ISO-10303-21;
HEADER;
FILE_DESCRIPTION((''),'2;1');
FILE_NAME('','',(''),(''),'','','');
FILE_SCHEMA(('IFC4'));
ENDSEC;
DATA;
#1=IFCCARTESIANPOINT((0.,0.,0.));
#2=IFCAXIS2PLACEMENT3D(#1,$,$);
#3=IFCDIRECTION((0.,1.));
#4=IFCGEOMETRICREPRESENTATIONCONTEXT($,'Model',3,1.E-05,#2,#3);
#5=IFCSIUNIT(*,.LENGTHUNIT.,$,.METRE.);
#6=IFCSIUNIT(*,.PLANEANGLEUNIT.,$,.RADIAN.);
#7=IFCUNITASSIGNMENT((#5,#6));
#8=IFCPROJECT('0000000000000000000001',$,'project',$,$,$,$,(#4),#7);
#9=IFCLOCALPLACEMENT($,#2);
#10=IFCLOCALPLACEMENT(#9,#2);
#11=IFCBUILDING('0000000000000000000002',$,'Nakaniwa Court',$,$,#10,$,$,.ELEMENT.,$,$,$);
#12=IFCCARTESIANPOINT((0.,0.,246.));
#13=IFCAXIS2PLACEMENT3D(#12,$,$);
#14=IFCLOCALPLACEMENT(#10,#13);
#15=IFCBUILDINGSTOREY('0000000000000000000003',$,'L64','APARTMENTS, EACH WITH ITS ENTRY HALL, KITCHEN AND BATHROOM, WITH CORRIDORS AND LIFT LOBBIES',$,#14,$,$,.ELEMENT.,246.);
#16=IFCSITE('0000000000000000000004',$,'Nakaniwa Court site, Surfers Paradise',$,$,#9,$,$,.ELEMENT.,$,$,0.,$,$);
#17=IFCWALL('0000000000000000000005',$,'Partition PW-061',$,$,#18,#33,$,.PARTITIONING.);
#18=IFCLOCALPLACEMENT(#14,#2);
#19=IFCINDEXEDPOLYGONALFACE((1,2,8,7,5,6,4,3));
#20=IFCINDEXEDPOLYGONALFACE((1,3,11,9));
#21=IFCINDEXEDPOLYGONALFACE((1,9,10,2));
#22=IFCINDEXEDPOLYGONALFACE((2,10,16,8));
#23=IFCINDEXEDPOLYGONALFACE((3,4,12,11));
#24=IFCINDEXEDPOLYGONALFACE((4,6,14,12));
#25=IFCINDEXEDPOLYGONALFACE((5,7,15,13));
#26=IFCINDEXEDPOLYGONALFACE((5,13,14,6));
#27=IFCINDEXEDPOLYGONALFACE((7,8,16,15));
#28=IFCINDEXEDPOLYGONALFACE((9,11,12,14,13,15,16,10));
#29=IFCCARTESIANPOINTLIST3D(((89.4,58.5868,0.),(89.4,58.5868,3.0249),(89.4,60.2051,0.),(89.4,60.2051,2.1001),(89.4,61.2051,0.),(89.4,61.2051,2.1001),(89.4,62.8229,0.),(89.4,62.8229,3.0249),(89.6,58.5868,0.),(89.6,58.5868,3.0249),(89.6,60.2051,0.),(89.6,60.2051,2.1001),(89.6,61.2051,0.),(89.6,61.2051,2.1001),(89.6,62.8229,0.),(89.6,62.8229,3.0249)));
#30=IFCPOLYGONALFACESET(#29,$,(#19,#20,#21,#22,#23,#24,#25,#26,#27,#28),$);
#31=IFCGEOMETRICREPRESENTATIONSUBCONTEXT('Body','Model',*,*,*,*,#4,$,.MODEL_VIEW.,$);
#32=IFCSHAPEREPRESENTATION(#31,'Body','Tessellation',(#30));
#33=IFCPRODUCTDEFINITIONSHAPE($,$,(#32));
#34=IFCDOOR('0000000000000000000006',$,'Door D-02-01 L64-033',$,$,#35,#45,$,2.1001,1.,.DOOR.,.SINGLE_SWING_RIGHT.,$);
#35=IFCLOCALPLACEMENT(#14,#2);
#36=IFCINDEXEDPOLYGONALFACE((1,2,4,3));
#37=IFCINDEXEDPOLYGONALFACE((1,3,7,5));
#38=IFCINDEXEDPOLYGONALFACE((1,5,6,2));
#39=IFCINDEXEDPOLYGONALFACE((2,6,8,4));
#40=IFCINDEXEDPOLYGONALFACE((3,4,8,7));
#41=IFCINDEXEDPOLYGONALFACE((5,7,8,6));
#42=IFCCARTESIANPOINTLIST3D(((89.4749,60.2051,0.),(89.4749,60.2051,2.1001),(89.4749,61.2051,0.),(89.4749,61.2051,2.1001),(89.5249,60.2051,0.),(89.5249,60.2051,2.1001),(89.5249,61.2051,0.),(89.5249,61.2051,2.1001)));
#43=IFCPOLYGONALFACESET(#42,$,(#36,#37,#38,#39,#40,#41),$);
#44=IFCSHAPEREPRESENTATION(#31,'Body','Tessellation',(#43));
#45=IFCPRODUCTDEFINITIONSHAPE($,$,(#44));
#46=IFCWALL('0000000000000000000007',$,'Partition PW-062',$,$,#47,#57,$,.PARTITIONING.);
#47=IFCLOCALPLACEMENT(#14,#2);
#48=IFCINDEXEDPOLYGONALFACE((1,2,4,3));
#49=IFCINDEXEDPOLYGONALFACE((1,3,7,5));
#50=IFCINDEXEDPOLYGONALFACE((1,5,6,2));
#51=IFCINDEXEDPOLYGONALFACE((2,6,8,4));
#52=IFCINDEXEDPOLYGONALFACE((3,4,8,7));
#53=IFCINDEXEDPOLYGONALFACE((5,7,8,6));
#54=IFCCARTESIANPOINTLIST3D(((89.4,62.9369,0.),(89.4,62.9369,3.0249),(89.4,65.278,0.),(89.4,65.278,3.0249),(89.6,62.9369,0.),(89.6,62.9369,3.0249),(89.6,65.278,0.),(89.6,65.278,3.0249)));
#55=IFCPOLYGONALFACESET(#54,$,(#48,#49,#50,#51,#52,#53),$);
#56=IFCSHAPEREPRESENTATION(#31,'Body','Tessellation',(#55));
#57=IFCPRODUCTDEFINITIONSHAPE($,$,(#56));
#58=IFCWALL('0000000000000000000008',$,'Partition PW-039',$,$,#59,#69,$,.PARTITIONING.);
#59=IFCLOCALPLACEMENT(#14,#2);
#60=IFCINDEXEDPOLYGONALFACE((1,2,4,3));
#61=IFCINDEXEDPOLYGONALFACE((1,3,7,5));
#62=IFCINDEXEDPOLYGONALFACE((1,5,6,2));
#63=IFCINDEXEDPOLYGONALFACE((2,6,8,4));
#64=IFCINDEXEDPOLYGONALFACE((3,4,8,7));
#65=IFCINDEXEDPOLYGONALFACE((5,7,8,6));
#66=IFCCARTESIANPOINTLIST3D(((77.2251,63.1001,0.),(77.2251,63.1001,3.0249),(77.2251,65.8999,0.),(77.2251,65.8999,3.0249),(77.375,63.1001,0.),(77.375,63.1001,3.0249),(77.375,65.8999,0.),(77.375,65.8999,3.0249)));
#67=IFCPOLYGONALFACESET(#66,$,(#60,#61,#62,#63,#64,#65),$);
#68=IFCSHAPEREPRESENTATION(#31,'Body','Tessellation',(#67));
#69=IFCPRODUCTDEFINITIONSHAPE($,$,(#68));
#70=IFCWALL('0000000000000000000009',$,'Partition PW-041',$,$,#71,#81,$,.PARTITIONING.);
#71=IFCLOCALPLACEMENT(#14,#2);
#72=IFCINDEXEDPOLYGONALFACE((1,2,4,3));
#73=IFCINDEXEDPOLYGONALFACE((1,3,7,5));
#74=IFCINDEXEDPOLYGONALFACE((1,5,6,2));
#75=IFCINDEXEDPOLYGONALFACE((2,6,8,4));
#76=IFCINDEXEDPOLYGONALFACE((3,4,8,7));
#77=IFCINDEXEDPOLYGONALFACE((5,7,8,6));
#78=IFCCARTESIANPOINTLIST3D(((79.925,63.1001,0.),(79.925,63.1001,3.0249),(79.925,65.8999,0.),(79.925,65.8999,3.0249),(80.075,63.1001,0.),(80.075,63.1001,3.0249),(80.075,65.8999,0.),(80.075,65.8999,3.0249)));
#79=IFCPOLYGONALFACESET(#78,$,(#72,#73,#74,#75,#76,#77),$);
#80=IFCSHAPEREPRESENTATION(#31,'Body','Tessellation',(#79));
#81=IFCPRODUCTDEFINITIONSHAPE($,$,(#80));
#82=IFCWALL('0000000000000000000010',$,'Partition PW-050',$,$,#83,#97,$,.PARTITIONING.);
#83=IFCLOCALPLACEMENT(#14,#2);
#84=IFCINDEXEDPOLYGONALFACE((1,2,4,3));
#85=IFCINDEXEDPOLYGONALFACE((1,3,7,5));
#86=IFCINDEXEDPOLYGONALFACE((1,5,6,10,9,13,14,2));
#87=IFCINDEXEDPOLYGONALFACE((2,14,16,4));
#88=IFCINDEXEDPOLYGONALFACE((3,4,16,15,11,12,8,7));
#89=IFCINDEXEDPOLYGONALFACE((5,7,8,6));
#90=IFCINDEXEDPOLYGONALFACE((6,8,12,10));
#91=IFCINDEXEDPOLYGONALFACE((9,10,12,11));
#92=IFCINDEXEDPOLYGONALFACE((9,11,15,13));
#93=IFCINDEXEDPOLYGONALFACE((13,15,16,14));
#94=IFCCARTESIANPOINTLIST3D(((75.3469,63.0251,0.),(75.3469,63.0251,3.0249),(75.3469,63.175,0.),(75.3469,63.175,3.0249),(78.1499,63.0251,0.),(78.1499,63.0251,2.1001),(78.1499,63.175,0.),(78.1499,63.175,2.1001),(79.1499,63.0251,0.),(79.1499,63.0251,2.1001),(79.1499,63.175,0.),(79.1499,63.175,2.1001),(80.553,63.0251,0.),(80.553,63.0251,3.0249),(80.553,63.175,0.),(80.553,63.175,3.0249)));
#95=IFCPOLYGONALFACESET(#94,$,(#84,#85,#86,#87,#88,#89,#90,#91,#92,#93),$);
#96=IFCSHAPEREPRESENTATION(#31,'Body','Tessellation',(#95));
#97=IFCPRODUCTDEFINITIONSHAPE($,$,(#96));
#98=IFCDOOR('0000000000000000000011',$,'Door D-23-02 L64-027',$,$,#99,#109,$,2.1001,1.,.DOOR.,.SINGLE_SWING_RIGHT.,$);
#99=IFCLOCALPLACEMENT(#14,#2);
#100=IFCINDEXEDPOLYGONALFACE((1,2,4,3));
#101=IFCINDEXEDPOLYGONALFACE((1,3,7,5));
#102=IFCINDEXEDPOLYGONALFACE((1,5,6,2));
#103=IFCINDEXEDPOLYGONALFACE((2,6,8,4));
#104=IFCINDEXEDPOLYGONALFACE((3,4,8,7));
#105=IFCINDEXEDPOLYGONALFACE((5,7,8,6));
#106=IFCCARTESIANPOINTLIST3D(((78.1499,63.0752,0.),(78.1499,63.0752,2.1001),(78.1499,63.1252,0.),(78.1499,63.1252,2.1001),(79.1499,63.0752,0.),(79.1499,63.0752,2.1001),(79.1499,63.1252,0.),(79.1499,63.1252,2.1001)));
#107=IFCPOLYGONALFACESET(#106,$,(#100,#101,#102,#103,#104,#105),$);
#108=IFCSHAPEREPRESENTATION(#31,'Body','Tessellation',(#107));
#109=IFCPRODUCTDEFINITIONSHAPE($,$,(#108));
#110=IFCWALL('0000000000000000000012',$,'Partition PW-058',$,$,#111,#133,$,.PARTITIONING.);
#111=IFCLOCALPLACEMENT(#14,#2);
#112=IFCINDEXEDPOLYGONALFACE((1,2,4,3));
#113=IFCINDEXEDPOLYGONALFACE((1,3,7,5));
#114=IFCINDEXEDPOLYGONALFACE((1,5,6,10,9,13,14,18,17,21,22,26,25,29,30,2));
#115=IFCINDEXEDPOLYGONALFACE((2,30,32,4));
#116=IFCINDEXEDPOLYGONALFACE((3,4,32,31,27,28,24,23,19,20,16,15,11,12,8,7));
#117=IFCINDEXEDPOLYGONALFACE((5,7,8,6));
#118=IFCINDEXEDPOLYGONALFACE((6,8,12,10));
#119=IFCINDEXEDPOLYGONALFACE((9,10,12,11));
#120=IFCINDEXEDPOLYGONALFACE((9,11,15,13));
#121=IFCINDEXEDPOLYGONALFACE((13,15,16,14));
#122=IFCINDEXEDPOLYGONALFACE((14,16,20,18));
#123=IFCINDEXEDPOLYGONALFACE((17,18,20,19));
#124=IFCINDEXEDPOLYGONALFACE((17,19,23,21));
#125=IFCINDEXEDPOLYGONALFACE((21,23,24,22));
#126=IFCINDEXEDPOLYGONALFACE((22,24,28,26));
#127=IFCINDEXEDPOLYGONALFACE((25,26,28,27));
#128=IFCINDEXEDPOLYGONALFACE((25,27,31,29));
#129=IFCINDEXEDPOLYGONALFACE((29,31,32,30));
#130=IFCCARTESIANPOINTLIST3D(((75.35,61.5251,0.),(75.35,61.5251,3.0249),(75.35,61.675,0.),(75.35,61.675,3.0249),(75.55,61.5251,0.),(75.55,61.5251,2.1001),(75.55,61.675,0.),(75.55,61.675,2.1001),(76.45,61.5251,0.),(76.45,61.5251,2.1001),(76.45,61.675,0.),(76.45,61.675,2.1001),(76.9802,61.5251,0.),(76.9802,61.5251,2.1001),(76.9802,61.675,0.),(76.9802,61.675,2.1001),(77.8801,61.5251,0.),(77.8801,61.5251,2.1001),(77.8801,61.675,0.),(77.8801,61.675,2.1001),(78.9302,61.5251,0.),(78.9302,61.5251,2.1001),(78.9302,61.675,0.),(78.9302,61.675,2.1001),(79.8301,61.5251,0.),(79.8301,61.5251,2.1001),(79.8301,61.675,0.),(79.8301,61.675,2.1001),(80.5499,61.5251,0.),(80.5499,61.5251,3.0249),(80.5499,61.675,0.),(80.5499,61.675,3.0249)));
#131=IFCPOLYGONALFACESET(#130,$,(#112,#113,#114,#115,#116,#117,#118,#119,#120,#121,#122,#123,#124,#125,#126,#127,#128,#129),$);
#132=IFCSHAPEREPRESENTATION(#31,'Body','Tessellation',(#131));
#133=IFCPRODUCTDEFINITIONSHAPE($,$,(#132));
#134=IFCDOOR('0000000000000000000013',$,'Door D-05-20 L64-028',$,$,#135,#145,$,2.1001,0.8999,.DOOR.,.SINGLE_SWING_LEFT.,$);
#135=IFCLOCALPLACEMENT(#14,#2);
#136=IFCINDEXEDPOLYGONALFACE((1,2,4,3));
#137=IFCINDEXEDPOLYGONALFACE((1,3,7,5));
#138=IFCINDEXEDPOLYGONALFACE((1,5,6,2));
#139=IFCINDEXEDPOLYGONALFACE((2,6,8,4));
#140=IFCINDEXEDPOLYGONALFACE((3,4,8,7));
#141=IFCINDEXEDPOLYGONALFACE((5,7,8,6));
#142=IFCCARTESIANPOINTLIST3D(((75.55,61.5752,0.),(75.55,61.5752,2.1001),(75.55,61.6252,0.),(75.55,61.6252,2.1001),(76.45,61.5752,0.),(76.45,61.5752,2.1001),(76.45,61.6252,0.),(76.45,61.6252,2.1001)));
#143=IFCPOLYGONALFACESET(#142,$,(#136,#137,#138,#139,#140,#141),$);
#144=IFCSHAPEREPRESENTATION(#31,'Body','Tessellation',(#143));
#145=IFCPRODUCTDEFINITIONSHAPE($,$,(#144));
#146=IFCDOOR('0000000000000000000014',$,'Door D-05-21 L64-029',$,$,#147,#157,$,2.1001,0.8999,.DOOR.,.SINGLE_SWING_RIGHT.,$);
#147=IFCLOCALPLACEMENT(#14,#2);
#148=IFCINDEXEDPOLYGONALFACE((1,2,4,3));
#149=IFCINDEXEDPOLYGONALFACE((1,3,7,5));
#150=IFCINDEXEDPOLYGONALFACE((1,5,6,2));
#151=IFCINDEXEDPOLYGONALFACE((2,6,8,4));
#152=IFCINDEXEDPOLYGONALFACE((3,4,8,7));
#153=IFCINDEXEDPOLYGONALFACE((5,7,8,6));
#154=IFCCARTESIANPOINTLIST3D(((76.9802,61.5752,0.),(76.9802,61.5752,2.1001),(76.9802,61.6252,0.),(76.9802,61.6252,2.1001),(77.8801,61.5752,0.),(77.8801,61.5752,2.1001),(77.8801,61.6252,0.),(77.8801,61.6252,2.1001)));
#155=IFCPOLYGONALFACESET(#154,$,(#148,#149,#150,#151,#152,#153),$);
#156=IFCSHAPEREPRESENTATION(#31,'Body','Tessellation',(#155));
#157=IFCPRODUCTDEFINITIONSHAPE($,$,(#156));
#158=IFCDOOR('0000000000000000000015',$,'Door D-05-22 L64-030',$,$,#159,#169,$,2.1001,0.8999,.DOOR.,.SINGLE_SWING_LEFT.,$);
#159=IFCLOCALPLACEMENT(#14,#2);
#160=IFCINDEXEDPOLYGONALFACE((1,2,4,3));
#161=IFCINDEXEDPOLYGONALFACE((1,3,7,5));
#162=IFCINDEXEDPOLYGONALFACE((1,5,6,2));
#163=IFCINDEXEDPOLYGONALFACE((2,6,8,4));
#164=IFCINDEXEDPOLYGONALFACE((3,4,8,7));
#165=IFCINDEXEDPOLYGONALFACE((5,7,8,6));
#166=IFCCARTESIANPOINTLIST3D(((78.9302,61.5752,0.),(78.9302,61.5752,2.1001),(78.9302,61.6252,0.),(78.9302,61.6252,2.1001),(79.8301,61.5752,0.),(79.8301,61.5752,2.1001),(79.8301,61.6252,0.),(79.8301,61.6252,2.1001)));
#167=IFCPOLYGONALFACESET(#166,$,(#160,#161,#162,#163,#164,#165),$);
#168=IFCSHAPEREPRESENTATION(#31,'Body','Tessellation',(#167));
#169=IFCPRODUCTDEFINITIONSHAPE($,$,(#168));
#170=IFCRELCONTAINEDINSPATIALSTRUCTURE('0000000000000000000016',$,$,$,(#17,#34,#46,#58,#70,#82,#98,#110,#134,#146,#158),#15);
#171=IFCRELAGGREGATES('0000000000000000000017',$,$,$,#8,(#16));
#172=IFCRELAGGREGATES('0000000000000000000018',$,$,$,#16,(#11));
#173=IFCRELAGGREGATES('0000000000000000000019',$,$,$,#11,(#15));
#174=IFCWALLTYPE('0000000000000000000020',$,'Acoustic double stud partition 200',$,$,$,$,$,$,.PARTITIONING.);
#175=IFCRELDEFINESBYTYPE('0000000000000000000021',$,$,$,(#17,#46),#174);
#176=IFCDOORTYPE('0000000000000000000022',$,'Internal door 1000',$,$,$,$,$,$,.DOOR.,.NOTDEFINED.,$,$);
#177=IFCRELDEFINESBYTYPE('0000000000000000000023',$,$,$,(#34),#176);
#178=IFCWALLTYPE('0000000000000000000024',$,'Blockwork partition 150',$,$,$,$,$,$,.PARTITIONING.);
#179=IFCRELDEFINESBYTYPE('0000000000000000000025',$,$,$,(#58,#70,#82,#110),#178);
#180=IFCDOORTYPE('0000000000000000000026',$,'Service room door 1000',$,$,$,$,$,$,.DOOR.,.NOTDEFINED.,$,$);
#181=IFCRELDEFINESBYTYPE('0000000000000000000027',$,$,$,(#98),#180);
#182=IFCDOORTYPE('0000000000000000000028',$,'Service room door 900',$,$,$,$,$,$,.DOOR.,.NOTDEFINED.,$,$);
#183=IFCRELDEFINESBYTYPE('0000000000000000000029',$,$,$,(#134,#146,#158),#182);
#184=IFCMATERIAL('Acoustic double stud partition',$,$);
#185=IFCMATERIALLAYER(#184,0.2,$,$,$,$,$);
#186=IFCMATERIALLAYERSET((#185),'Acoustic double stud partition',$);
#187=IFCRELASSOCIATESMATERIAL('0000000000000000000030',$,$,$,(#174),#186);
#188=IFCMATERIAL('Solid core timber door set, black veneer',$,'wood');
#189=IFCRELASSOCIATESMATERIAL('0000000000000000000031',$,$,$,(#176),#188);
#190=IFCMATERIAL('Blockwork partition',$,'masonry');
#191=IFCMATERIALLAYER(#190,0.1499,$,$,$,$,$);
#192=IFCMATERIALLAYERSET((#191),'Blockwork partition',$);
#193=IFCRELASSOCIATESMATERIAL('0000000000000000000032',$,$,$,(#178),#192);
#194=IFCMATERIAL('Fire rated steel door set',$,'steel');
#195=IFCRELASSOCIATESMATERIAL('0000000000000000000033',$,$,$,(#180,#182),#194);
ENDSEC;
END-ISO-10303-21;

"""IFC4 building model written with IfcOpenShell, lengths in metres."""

from ifc_helpers import new_model, si_unit, direction, frame, frame_2d, origin, place, context, subcontext, project, spatial, rectangle, extrude, material, layer, layer_set, type_object, element, fill, save


model = new_model("IFC4")

# Units and contexts
model_context = context("Model", 3, precision=1e-05, world=origin(), true_north=direction((0.0, 1.0)))
body_context = subcontext(model_context, "Body", "Model", "MODEL_VIEW")
ifc_project = project(units=[si_unit("LENGTHUNIT", "METRE"), si_unit("PLANEANGLEUNIT", "RADIAN")], contexts=[model_context])

# Site, building, storey
site_placement = place(None, origin())
site = spatial("IfcSite", under=ifc_project, at=site_placement, Name="Nakaniwa Court site, Surfers Paradise", CompositionType="ELEMENT", RefElevation=0.0)
building_placement = place(site_placement, origin())
building = spatial("IfcBuilding", under=site, at=building_placement, Name="Nakaniwa Court", CompositionType="ELEMENT")
storey_placement = place(building_placement, frame((0.0, 0.0, 246.0)))
storey = spatial("IfcBuildingStorey", under=building, at=storey_placement, Name="L64", Description="APARTMENTS, EACH WITH ITS ENTRY HALL, KITCHEN AND BATHROOM, WITH CORRIDORS AND LIFT LOBBIES", CompositionType="ELEMENT", Elevation=246.0)

# Wall, opening, door
ifc_material_1 = material(Name="Acoustic double stud partition")
ifc_layer_1 = layer(ifc_material_1, 0.2)
ifc_layer_set_1 = layer_set([ifc_layer_1], Name="Acoustic double stud partition")
wall_type_1 = type_object("IfcWallType", Name="Acoustic double stud partition 200", PredefinedType="PARTITIONING", material=ifc_layer_set_1)
wall_1_placement = place(storey_placement, frame((89.5, 62.823, 0.0), z_axis=(0.0, 0.0, 1.0), x_axis=(0.0, -1.0, 0.0)))
wall_1 = element("IfcWall", 1, at=wall_1_placement, inside=storey, type_object=wall_type_1, Name="Partition PW-061", PredefinedType="PARTITIONING", context=body_context, shape_type="SweptSolid", body=[
    extrude(rectangle(XDim=4.2361, YDim=0.2, at=frame_2d((2.1182, 0.0))), origin(), (0.0, 0.0, 1.0), 3.0249),
])
opening_1_placement = place(wall_1_placement, frame((1.6179, 0.0, 0.0)))
opening_1 = element("IfcOpeningElement", 2, at=opening_1_placement, cuts=wall_1, PredefinedType="OPENING", context=body_context, shape_type="SweptSolid", body=[
    extrude(rectangle(XDim=1.0, YDim=2.1001, at=frame_2d((0.5, 1.05))), frame((0.0, 0.1099, 0.0), z_axis=(0.0, -1.0, 0.0), x_axis=(1.0, 0.0, 0.0)), (0.0, 0.0, 1.0), 0.22),
])
ifc_material_2 = material(Name="Solid core timber door set, black veneer", Category="wood")
door_type_1 = type_object("IfcDoorType", Name="Internal door 1000", OperationType="NOTDEFINED", PredefinedType="DOOR", material=ifc_material_2)
door_1_placement = place(opening_1_placement, origin())
door_1 = element("IfcDoor", 3, at=door_1_placement, inside=storey, type_object=door_type_1, Name="Door D-02-01 L64-033", OperationType="SINGLE_SWING_RIGHT", OverallHeight=2.1001, OverallWidth=1.0, PredefinedType="DOOR", context=body_context, shape_type="SweptSolid", body=[
    extrude(rectangle(XDim=1.0, YDim=2.1001, at=frame_2d((0.5, 1.05))), frame((0.0, 0.0249, 0.0), z_axis=(0.0, -1.0, 0.0), x_axis=(1.0, 0.0, 0.0)), (0.0, 0.0, 1.0), 0.05),
])
fill(opening_1, door_1)

# Walls
wall_2_placement = place(storey_placement, frame((89.5, 62.937, 0.0), z_axis=(0.0, 0.0, 1.0), x_axis=(0.0, 1.0, 0.0)))
element("IfcWall", 4, at=wall_2_placement, inside=storey, type_object=wall_type_1, Name="Partition PW-062", PredefinedType="PARTITIONING", context=body_context, shape_type="SweptSolid", body=[
    extrude(rectangle(XDim=2.3411, YDim=0.2, at=frame_2d((1.1704, 0.0))), origin(), (0.0, 0.0, 1.0), 3.0249),
])
ifc_material_3 = material(Name="Blockwork partition", Category="masonry")
ifc_layer_2 = layer(ifc_material_3, 0.1499)
ifc_layer_set_2 = layer_set([ifc_layer_2], Name="Blockwork partition")
wall_type_2 = type_object("IfcWallType", Name="Blockwork partition 150", PredefinedType="PARTITIONING", material=ifc_layer_set_2)
for number, where, z_axis, x_axis, name in (
    (5, (77.3, 63.1001, 0.0), (0.0, 0.0, 1.0), (0.0, 1.0, 0.0), "Partition PW-039"),
    (6, (80.0, 63.1001, 0.0), (0.0, 0.0, 1.0), (0.0, 1.0, 0.0), "Partition PW-041"),
):
    element("IfcWall", number, at=place(storey_placement, frame(where, z_axis=z_axis, x_axis=x_axis)), inside=storey, type_object=wall_type_2, Name=name, PredefinedType="PARTITIONING", context=body_context, shape_type="SweptSolid", body=[
        extrude(rectangle(XDim=2.7998, YDim=0.1499, at=frame_2d((1.3999, 0.0))), origin(), (0.0, 0.0, 1.0), 3.0249),
    ])

# Wall, opening, door
wall_3_placement = place(storey_placement, frame((80.553, 63.1001, 0.0), z_axis=(0.0, 0.0, 1.0), x_axis=(-1.0, 0.0, 0.0)))
wall_3 = element("IfcWall", 7, at=wall_3_placement, inside=storey, type_object=wall_type_2, Name="Partition PW-050", PredefinedType="PARTITIONING", context=body_context, shape_type="SweptSolid", body=[
    extrude(rectangle(XDim=5.2061, YDim=0.1499, at=frame_2d((2.603, 0.0))), origin(), (0.0, 0.0, 1.0), 3.0249),
])
opening_2_placement = place(wall_3_placement, frame((1.4031, 0.0, 0.0)))
opening_2 = element("IfcOpeningElement", 8, at=opening_2_placement, cuts=wall_3, PredefinedType="OPENING", context=body_context, shape_type="SweptSolid", body=[
    extrude(rectangle(XDim=1.0, YDim=2.1001, at=frame_2d((0.5, 1.05))), frame((0.0, 0.085, 0.0), z_axis=(0.0, -1.0, 0.0), x_axis=(1.0, 0.0, 0.0)), (0.0, 0.0, 1.0), 0.1699),
])
ifc_material_4 = material(Name="Fire rated steel door set", Category="steel")
door_type_2 = type_object("IfcDoorType", Name="Service room door 1000", OperationType="NOTDEFINED", PredefinedType="DOOR", material=ifc_material_4)
door_2_placement = place(opening_2_placement, origin())
door_2 = element("IfcDoor", 9, at=door_2_placement, inside=storey, type_object=door_type_2, Name="Door D-23-02 L64-027", OperationType="SINGLE_SWING_RIGHT", OverallHeight=2.1001, OverallWidth=1.0, PredefinedType="DOOR", context=body_context, shape_type="SweptSolid", body=[
    extrude(rectangle(XDim=1.0, YDim=2.1001, at=frame_2d((0.5, 1.05))), frame((0.0, 0.0249, 0.0), z_axis=(0.0, -1.0, 0.0), x_axis=(1.0, 0.0, 0.0)), (0.0, 0.0, 1.0), 0.05),
])
fill(opening_2, door_2)

# Wall, openings, doors
wall_4_placement = place(storey_placement, frame((80.55, 61.6001, 0.0), z_axis=(0.0, 0.0, 1.0), x_axis=(-1.0, 0.0, 0.0)))
wall_4 = element("IfcWall", 10, at=wall_4_placement, inside=storey, type_object=wall_type_2, Name="Partition PW-058", PredefinedType="PARTITIONING", context=body_context, shape_type="SweptSolid", body=[
    extrude(rectangle(XDim=5.2, YDim=0.1499, at=frame_2d((2.6001, 0.0))), origin(), (0.0, 0.0, 1.0), 3.0249),
])
opening_3_placement = place(wall_4_placement, frame((4.1001, 0.0, 0.0)))
opening_3 = element("IfcOpeningElement", 11, at=opening_3_placement, cuts=wall_4, PredefinedType="OPENING", context=body_context, shape_type="SweptSolid", body=[
    extrude(rectangle(XDim=0.8999, YDim=2.1001, at=frame_2d((0.45, 1.05))), frame((0.0, 0.085, 0.0), z_axis=(0.0, -1.0, 0.0), x_axis=(1.0, 0.0, 0.0)), (0.0, 0.0, 1.0), 0.1699),
])
opening_4_placement = place(wall_4_placement, frame((2.6699, 0.0, 0.0)))
opening_4 = element("IfcOpeningElement", 12, at=opening_4_placement, cuts=wall_4, PredefinedType="OPENING", context=body_context, shape_type="SweptSolid", body=[
    extrude(rectangle(XDim=0.8999, YDim=2.1001, at=frame_2d((0.45, 1.05))), frame((0.0, 0.085, 0.0), z_axis=(0.0, -1.0, 0.0), x_axis=(1.0, 0.0, 0.0)), (0.0, 0.0, 1.0), 0.1699),
])
opening_5_placement = place(wall_4_placement, frame((0.72, 0.0, 0.0)))
opening_5 = element("IfcOpeningElement", 13, at=opening_5_placement, cuts=wall_4, PredefinedType="OPENING", context=body_context, shape_type="SweptSolid", body=[
    extrude(rectangle(XDim=0.8999, YDim=2.1001, at=frame_2d((0.45, 1.05))), frame((0.0, 0.085, 0.0), z_axis=(0.0, -1.0, 0.0), x_axis=(1.0, 0.0, 0.0)), (0.0, 0.0, 1.0), 0.1699),
])
door_type_3 = type_object("IfcDoorType", Name="Service room door 900", OperationType="NOTDEFINED", PredefinedType="DOOR", material=ifc_material_4)
door_3_placement = place(opening_3_placement, origin())
door_3 = element("IfcDoor", 14, at=door_3_placement, inside=storey, type_object=door_type_3, Name="Door D-05-20 L64-028", OperationType="SINGLE_SWING_LEFT", OverallHeight=2.1001, OverallWidth=0.8999, PredefinedType="DOOR", context=body_context, shape_type="SweptSolid", body=[
    extrude(rectangle(XDim=0.8999, YDim=2.1001, at=frame_2d((0.45, 1.05))), frame((0.0, 0.0249, 0.0), z_axis=(0.0, -1.0, 0.0), x_axis=(1.0, 0.0, 0.0)), (0.0, 0.0, 1.0), 0.05),
])
fill(opening_3, door_3)
door_4_placement = place(opening_4_placement, origin())
door_4 = element("IfcDoor", 15, at=door_4_placement, inside=storey, type_object=door_type_3, Name="Door D-05-21 L64-029", OperationType="SINGLE_SWING_RIGHT", OverallHeight=2.1001, OverallWidth=0.8999, PredefinedType="DOOR", context=body_context, shape_type="SweptSolid", body=[
    extrude(rectangle(XDim=0.8999, YDim=2.1001, at=frame_2d((0.45, 1.05))), frame((0.0, 0.0249, 0.0), z_axis=(0.0, -1.0, 0.0), x_axis=(1.0, 0.0, 0.0)), (0.0, 0.0, 1.0), 0.05),
])
fill(opening_4, door_4)
door_5_placement = place(opening_5_placement, origin())
door_5 = element("IfcDoor", 16, at=door_5_placement, inside=storey, type_object=door_type_3, Name="Door D-05-22 L64-030", OperationType="SINGLE_SWING_LEFT", OverallHeight=2.1001, OverallWidth=0.8999, PredefinedType="DOOR", context=body_context, shape_type="SweptSolid", body=[
    extrude(rectangle(XDim=0.8999, YDim=2.1001, at=frame_2d((0.45, 1.05))), frame((0.0, 0.0249, 0.0), z_axis=(0.0, -1.0, 0.0), x_axis=(1.0, 0.0, 0.0)), (0.0, 0.0, 1.0), 0.05),
])
fill(opening_5, door_5)

save(model, "model.ifc")
